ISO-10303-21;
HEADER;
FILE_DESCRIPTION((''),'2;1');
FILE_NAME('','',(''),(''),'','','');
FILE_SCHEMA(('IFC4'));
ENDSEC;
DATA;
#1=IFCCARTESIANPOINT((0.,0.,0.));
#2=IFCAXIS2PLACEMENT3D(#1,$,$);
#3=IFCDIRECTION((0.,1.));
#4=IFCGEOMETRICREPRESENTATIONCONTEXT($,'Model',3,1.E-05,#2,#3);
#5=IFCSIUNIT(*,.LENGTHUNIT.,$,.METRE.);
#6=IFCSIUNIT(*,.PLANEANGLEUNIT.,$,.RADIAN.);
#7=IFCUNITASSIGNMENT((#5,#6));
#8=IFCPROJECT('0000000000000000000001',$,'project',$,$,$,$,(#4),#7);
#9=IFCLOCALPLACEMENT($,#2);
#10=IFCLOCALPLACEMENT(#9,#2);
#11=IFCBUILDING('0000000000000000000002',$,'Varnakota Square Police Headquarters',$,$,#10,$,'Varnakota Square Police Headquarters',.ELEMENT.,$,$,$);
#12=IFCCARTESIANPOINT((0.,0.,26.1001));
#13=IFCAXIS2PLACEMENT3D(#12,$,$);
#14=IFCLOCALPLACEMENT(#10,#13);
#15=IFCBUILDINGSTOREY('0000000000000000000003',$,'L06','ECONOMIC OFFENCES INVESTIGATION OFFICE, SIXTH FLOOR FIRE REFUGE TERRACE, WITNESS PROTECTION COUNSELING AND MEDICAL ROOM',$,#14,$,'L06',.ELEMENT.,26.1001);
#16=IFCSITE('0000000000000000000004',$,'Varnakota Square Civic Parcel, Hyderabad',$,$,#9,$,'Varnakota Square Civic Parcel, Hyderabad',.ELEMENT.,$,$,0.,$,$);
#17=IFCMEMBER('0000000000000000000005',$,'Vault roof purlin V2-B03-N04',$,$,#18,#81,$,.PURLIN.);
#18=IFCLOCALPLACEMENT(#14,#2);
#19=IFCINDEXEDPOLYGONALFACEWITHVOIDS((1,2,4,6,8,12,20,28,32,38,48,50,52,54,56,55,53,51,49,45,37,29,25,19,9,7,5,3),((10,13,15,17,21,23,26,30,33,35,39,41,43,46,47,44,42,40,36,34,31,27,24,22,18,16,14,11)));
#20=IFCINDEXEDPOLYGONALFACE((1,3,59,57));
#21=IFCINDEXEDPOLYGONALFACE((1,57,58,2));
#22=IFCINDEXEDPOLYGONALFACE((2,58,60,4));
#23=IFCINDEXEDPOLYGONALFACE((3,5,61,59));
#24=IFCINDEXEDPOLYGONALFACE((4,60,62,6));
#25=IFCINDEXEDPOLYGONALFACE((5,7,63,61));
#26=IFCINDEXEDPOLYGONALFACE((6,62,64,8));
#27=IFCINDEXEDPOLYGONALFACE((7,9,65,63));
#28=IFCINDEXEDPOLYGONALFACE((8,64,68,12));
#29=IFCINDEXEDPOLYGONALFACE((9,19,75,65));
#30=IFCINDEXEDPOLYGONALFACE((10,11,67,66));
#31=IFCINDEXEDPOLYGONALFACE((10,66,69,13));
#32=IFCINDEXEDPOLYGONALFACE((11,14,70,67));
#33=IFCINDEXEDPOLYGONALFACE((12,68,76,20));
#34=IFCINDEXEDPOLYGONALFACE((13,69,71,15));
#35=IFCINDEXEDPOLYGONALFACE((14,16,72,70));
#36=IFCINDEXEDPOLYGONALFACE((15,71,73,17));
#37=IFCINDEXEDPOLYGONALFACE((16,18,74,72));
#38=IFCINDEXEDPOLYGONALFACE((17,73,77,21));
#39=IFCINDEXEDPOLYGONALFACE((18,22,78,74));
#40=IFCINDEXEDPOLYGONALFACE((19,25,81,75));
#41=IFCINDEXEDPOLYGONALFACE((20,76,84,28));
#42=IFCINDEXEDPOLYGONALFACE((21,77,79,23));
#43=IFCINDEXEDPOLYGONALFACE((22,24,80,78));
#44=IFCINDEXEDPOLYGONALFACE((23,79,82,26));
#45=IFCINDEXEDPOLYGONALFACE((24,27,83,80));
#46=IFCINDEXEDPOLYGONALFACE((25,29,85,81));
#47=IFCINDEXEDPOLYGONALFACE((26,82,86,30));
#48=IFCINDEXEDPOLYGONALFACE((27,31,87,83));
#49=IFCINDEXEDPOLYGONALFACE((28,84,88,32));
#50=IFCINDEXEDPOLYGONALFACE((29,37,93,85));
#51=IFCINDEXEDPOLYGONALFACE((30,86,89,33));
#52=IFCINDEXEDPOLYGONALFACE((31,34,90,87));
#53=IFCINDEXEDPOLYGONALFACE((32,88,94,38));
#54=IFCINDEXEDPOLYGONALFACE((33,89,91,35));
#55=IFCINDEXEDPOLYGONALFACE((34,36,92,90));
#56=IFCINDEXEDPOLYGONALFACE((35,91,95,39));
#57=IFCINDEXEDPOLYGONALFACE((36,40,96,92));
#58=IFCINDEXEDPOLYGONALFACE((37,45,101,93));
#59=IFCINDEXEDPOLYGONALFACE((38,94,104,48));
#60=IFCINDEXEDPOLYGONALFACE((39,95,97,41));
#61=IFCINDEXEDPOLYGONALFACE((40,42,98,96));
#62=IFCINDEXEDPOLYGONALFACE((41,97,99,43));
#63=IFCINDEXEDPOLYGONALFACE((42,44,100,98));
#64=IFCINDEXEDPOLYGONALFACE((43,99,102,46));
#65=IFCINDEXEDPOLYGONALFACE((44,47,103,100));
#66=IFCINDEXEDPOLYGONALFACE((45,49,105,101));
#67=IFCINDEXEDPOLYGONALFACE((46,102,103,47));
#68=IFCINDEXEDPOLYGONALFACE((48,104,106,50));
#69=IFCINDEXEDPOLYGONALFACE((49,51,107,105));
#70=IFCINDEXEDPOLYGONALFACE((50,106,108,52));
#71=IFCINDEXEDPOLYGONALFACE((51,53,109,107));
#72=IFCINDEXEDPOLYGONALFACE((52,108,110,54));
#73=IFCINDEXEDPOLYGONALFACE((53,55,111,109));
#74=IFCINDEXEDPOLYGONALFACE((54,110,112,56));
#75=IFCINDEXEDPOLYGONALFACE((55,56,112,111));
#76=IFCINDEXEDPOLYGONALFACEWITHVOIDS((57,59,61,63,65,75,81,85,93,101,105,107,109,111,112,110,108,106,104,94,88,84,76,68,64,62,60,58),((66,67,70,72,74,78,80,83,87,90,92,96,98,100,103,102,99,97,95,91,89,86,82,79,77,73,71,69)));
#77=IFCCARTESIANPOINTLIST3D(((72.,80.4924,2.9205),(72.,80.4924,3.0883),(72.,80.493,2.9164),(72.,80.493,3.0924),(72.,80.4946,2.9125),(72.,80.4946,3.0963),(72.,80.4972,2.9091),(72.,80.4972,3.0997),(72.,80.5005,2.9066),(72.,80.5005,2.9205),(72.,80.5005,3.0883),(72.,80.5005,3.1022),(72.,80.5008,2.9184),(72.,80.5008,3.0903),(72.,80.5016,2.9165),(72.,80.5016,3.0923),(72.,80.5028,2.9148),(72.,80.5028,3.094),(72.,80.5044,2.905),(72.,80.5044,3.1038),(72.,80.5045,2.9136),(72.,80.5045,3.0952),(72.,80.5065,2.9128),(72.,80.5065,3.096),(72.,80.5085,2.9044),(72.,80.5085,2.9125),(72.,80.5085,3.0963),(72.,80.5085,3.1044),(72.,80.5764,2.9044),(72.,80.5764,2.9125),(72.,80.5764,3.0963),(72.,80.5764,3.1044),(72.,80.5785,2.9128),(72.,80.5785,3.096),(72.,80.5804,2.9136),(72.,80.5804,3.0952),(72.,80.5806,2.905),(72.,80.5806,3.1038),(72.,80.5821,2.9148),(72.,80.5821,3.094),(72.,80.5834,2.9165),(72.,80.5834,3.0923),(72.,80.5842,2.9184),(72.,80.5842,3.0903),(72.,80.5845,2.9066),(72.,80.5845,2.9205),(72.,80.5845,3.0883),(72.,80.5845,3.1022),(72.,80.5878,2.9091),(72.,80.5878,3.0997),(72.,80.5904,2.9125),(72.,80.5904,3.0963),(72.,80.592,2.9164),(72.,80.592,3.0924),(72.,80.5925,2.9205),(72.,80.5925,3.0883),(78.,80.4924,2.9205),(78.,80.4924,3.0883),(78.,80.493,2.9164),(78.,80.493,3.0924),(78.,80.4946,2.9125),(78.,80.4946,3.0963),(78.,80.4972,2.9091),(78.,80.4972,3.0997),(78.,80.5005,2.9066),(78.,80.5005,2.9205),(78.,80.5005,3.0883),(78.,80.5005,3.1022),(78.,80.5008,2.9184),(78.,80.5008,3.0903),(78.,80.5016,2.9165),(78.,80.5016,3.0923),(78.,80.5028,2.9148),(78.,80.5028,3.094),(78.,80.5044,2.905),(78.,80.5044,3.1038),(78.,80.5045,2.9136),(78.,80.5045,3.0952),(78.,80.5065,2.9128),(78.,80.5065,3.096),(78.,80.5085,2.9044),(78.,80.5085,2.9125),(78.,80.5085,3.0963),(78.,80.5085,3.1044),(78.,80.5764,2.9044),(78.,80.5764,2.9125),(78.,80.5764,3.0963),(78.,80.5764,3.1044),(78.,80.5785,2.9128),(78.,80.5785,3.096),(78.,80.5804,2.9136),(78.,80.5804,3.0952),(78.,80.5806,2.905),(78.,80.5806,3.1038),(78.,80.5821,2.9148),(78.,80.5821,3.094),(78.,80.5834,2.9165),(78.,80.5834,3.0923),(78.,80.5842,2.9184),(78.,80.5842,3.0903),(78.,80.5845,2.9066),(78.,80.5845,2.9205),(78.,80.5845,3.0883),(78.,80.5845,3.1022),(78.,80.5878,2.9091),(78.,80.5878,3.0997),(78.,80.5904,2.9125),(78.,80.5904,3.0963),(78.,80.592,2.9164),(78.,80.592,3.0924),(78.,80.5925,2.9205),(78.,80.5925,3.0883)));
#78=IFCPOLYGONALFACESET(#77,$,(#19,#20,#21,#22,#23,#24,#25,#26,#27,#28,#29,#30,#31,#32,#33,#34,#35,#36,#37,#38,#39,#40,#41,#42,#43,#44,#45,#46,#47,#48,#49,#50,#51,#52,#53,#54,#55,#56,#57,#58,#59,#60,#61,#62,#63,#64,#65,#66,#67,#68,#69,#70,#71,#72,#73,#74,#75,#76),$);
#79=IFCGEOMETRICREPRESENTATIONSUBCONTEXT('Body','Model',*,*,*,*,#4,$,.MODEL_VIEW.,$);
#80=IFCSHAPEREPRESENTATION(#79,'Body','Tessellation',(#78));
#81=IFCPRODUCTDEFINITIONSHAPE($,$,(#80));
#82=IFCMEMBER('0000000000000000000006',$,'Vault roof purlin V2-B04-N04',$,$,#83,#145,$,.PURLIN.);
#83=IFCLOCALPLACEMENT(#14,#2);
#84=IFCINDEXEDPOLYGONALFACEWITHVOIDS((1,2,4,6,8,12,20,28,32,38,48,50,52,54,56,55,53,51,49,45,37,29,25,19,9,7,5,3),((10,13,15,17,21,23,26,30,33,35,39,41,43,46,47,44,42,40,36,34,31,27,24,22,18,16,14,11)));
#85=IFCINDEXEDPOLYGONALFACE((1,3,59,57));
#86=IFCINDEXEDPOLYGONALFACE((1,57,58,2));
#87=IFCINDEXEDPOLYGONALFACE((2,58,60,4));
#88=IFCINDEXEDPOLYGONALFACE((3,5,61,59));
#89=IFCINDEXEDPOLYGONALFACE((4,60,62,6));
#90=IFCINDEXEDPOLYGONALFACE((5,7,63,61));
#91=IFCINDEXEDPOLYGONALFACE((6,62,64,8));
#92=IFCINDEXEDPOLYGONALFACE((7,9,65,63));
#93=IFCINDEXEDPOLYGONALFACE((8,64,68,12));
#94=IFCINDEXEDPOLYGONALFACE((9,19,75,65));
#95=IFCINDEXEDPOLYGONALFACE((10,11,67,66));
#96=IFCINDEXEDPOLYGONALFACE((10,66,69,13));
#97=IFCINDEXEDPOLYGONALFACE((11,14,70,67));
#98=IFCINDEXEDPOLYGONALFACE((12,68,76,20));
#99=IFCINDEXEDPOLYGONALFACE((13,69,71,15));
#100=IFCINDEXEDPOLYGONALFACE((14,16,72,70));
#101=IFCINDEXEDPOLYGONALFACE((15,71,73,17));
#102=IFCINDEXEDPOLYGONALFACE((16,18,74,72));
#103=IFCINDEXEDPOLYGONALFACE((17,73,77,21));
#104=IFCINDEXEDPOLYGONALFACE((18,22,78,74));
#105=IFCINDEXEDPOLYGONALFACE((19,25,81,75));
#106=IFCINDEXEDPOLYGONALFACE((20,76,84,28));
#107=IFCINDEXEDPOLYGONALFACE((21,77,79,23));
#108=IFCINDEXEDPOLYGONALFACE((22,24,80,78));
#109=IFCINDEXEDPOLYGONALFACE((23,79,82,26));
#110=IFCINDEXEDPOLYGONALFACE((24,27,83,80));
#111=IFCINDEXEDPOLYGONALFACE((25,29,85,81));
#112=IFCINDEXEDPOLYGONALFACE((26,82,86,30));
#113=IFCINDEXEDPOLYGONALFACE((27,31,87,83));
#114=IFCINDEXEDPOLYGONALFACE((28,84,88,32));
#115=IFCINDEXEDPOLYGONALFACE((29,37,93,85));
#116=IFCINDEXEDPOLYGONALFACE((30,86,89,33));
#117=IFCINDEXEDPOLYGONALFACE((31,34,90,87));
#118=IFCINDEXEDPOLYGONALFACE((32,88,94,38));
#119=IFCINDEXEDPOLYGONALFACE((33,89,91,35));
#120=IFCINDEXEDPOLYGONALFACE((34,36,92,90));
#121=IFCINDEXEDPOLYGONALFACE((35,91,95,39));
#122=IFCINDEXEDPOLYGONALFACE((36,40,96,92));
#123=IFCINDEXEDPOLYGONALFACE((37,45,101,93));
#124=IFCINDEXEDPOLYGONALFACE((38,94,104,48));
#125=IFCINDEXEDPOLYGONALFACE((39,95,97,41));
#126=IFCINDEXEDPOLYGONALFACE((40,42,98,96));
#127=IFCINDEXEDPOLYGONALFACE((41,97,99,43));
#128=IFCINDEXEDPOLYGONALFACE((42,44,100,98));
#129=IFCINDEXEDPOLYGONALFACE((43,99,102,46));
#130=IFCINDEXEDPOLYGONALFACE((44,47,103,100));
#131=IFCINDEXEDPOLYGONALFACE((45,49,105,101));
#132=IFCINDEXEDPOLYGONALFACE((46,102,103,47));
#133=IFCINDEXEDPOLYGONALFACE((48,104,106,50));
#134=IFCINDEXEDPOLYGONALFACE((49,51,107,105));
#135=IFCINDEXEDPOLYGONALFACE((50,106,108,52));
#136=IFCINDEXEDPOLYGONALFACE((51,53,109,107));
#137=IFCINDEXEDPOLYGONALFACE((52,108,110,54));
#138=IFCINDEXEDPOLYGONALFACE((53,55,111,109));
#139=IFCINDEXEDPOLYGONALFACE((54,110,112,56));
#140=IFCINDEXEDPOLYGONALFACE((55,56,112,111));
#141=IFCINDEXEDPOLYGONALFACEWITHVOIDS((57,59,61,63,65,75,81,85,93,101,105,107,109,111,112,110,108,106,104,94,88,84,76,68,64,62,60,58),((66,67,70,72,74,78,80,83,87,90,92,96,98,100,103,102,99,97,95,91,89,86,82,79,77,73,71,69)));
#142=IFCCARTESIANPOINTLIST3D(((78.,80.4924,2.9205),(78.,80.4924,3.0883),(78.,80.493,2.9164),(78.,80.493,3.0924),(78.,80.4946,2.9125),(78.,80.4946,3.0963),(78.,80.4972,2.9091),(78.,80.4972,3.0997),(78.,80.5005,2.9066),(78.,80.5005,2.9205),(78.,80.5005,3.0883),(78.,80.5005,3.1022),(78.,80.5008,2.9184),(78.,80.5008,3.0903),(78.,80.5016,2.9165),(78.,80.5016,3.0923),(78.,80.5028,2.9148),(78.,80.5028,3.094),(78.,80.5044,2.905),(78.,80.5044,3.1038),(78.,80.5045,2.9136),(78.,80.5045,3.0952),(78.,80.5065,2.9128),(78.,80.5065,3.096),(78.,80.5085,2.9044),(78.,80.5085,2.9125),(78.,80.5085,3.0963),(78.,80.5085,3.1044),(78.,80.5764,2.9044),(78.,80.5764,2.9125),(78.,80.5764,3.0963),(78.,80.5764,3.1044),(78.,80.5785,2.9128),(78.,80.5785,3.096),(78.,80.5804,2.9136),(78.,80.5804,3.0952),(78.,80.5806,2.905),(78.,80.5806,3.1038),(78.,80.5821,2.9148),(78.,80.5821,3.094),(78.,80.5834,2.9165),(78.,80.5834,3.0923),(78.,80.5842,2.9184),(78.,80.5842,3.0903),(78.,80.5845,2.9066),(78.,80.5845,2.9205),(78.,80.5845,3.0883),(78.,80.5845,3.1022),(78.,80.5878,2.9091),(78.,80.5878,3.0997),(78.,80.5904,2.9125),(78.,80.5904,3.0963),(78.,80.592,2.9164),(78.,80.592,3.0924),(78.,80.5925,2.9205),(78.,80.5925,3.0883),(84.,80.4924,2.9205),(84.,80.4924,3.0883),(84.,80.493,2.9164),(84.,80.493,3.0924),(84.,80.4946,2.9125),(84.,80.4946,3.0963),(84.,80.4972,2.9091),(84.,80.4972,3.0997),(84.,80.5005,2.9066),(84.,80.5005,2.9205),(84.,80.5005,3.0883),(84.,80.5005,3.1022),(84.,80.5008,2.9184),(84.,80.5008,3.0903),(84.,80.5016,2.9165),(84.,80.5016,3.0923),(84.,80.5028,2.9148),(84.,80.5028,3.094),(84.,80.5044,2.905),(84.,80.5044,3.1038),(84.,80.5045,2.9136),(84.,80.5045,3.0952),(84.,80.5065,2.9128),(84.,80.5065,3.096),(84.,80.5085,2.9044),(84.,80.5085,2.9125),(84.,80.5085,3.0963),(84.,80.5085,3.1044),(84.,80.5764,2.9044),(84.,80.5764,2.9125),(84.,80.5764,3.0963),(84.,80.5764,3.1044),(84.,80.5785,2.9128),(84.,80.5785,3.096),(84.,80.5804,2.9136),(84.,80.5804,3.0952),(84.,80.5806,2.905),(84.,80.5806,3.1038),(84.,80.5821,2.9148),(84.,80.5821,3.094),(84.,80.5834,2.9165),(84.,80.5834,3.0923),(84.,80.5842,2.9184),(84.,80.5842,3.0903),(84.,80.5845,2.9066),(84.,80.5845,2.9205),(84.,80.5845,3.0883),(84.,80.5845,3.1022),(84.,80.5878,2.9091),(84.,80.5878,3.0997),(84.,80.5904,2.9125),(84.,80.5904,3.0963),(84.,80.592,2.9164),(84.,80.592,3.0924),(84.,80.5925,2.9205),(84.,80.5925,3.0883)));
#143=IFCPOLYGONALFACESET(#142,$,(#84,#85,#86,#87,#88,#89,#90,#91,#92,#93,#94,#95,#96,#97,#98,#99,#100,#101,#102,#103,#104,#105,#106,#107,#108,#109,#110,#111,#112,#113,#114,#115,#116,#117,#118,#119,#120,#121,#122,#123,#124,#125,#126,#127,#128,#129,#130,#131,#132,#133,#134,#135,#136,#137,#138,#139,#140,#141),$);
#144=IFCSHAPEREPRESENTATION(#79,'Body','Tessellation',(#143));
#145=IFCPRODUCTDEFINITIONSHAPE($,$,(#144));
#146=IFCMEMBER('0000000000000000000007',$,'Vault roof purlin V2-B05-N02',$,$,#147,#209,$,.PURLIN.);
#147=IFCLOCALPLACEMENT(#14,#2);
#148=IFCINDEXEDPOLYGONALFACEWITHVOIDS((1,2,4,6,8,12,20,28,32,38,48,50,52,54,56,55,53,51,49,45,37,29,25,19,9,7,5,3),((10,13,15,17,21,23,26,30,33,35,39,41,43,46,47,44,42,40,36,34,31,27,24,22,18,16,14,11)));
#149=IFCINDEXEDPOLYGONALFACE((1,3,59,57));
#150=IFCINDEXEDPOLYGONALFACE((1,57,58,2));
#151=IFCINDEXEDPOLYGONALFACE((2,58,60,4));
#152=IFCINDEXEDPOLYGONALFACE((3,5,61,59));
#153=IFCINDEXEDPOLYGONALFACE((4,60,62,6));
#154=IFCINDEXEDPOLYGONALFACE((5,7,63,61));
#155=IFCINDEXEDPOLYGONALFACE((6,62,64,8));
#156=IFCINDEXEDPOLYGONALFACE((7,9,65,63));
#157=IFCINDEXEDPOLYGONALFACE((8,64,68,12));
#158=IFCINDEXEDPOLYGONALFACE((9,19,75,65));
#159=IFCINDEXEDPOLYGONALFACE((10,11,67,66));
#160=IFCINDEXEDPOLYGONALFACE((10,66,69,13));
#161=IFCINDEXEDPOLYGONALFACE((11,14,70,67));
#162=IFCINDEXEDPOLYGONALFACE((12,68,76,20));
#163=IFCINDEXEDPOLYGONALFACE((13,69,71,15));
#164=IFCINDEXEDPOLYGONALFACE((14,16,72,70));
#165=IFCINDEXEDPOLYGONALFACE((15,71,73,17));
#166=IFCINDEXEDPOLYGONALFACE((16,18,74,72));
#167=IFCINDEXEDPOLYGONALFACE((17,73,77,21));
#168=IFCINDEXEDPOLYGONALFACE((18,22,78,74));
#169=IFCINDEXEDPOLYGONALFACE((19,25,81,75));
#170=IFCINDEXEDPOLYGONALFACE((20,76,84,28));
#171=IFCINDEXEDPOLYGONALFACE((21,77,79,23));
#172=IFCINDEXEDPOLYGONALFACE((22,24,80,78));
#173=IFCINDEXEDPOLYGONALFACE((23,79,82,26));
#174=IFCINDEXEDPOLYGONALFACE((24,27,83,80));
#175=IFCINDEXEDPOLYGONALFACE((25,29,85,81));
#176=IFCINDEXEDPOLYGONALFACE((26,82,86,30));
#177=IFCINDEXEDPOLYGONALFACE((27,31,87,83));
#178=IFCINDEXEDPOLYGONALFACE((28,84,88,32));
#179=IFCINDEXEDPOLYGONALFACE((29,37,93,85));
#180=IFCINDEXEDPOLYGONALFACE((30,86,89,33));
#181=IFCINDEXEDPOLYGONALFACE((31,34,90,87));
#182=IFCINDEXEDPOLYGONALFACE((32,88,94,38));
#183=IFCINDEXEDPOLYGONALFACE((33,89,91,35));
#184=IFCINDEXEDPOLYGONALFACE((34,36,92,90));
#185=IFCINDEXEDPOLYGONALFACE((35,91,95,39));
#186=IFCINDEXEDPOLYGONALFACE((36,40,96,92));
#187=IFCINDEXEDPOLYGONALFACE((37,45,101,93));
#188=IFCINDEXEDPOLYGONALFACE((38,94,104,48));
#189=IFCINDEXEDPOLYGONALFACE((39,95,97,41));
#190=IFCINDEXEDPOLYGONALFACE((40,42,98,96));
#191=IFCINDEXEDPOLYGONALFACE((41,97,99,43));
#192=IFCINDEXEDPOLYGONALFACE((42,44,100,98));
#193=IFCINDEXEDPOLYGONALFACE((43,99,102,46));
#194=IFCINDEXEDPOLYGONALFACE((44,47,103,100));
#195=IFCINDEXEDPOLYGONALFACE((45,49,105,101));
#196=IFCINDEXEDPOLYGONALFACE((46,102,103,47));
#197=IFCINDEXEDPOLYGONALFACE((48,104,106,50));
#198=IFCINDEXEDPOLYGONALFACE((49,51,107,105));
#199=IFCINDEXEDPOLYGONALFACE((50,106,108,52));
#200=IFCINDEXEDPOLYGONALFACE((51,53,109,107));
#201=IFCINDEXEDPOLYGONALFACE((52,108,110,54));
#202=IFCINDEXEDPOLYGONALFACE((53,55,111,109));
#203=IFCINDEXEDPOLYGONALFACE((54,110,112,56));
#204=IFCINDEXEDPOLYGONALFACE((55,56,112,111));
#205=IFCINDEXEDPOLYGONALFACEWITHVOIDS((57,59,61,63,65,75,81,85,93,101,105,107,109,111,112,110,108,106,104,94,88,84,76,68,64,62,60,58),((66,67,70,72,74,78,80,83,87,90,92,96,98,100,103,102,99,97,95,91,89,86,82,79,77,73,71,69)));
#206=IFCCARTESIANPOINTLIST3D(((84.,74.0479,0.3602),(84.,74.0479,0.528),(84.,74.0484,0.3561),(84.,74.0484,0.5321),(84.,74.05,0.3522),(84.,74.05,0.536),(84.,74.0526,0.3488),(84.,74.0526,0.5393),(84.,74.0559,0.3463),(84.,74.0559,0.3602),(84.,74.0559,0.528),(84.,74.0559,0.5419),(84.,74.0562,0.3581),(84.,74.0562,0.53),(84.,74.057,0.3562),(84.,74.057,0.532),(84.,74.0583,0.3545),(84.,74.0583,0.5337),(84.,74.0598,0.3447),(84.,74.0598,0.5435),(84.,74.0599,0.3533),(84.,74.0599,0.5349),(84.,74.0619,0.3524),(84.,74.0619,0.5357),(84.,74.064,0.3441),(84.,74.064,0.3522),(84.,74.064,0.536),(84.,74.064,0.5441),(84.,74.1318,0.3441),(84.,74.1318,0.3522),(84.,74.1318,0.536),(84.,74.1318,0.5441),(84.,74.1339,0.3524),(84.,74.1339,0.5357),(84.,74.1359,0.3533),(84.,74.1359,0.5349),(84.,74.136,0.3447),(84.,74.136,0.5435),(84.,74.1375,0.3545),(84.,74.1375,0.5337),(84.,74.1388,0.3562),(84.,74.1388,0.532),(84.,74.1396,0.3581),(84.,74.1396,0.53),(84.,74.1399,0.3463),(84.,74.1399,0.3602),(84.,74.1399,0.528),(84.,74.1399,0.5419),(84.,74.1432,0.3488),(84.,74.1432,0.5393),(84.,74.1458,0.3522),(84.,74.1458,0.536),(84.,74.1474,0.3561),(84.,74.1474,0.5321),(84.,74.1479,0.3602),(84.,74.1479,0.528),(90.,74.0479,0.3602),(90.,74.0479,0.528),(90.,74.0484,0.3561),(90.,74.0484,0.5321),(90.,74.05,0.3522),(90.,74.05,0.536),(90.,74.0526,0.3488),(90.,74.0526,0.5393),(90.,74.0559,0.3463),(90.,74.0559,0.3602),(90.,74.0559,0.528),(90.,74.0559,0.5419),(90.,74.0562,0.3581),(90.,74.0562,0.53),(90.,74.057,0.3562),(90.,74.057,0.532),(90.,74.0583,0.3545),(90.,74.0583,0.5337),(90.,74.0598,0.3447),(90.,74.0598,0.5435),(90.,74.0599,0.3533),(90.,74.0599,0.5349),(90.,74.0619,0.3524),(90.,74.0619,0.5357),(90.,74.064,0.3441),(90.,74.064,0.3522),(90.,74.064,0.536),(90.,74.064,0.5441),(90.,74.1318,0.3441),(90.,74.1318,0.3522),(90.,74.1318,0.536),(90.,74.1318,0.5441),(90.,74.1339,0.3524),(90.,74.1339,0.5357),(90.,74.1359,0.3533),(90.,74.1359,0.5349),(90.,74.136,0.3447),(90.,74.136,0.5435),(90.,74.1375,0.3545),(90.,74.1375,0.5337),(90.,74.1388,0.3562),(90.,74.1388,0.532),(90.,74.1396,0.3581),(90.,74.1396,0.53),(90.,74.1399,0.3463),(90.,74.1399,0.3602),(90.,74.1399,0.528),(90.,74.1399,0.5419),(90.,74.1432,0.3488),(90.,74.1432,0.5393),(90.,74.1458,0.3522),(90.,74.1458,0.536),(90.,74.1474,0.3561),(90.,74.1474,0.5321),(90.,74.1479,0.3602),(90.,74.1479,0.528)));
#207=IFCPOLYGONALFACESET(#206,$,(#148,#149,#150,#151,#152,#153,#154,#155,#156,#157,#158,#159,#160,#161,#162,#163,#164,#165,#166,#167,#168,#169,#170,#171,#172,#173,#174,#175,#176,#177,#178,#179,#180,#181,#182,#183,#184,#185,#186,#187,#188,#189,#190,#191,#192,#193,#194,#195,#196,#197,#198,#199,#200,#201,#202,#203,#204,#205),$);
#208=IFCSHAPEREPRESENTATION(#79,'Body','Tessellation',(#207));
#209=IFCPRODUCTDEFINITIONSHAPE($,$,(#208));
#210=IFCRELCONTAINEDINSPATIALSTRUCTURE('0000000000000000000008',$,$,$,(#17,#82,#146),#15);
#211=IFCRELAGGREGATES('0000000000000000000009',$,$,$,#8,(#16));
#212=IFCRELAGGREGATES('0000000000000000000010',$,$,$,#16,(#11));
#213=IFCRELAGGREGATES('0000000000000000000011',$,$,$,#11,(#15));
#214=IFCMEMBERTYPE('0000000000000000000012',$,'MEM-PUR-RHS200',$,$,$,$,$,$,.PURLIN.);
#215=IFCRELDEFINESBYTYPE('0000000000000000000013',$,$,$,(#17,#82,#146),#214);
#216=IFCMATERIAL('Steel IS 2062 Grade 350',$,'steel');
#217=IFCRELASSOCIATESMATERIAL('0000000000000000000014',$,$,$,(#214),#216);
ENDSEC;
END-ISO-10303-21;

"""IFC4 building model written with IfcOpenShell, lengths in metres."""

from ifc_helpers import new_model, si_unit, direction, frame, origin, origin_2d, place, context, subcontext, project, spatial, hollow_rectangle, extrude, material, material_profile, profile_set, type_object, element, save


model = new_model("IFC4")

# Units and contexts
model_context = context("Model", 3, precision=1e-05, world=origin(), true_north=direction((0.0, 1.0)))
body_context = subcontext(model_context, "Body", "Model", "MODEL_VIEW")
ifc_project = project(units=[si_unit("LENGTHUNIT", "METRE"), si_unit("PLANEANGLEUNIT", "RADIAN")], contexts=[model_context])

# Site, building, storey
site_placement = place(None, origin())
site = spatial("IfcSite", under=ifc_project, at=site_placement, Name="Varnakota Square Civic Parcel, Hyderabad", LongName="Varnakota Square Civic Parcel, Hyderabad", CompositionType="ELEMENT", RefElevation=0.0)
building_placement = place(site_placement, origin())
building = spatial("IfcBuilding", under=site, at=building_placement, Name="Varnakota Square Police Headquarters", LongName="Varnakota Square Police Headquarters", CompositionType="ELEMENT")
storey_placement = place(building_placement, frame((0.0, 0.0, 26.1001)))
storey = spatial("IfcBuildingStorey", under=building, at=storey_placement, Name="L06", Description="ECONOMIC OFFENCES INVESTIGATION OFFICE, SIXTH FLOOR FIRE REFUGE TERRACE, WITNESS PROTECTION COUNSELING AND MEDICAL ROOM", LongName="L06", CompositionType="ELEMENT", Elevation=26.1001)

# Shared definitions
ifc_material_1 = material(Name="Steel IS 2062 Grade 350", Category="steel")

# Members
ifc_material_profile_1 = material_profile(ifc_material_1, hollow_rectangle(XDim=0.1001, YDim=0.2, WallThickness=0.0081, InnerFilletRadius=0.0081, OuterFilletRadius=0.0161, at=origin_2d()), Name="RHS 200x100x8")
ifc_profile_set_1 = profile_set([ifc_material_profile_1], Name="Steel IS 2062 Grade 350")
member_type_1 = type_object("IfcMemberType", Name="MEM-PUR-RHS200", PredefinedType="PURLIN", material=ifc_profile_set_1)
for number, where, z_axis, x_axis, name in (
    (1, (72.0, 80.5425, 3.0044), (1.0, 0.0, 0.0), (0.0, 1.0, 0.0), "Vault roof purlin V2-B03-N04"),
    (2, (78.0, 80.5425, 3.0044), (1.0, 0.0, 0.0), (0.0, 1.0, 0.0), "Vault roof purlin V2-B04-N04"),
    (3, (84.0, 74.0979, 0.4441), (1.0, 0.0, 0.0), (0.0, 1.0, 0.0), "Vault roof purlin V2-B05-N02"),
):
    element("IfcMember", number, at=place(storey_placement, frame(where, z_axis=z_axis, x_axis=x_axis)), inside=storey, type_object=member_type_1, Name=name, PredefinedType="PURLIN", context=body_context, shape_type="SweptSolid", body=[
        extrude(hollow_rectangle(XDim=0.1001, YDim=0.2, WallThickness=0.0081, InnerFilletRadius=0.0081, OuterFilletRadius=0.0161, at=origin_2d()), origin(), (0.0, 0.0, 1.0), 6.0),
    ])

save(model, "model.ifc")
